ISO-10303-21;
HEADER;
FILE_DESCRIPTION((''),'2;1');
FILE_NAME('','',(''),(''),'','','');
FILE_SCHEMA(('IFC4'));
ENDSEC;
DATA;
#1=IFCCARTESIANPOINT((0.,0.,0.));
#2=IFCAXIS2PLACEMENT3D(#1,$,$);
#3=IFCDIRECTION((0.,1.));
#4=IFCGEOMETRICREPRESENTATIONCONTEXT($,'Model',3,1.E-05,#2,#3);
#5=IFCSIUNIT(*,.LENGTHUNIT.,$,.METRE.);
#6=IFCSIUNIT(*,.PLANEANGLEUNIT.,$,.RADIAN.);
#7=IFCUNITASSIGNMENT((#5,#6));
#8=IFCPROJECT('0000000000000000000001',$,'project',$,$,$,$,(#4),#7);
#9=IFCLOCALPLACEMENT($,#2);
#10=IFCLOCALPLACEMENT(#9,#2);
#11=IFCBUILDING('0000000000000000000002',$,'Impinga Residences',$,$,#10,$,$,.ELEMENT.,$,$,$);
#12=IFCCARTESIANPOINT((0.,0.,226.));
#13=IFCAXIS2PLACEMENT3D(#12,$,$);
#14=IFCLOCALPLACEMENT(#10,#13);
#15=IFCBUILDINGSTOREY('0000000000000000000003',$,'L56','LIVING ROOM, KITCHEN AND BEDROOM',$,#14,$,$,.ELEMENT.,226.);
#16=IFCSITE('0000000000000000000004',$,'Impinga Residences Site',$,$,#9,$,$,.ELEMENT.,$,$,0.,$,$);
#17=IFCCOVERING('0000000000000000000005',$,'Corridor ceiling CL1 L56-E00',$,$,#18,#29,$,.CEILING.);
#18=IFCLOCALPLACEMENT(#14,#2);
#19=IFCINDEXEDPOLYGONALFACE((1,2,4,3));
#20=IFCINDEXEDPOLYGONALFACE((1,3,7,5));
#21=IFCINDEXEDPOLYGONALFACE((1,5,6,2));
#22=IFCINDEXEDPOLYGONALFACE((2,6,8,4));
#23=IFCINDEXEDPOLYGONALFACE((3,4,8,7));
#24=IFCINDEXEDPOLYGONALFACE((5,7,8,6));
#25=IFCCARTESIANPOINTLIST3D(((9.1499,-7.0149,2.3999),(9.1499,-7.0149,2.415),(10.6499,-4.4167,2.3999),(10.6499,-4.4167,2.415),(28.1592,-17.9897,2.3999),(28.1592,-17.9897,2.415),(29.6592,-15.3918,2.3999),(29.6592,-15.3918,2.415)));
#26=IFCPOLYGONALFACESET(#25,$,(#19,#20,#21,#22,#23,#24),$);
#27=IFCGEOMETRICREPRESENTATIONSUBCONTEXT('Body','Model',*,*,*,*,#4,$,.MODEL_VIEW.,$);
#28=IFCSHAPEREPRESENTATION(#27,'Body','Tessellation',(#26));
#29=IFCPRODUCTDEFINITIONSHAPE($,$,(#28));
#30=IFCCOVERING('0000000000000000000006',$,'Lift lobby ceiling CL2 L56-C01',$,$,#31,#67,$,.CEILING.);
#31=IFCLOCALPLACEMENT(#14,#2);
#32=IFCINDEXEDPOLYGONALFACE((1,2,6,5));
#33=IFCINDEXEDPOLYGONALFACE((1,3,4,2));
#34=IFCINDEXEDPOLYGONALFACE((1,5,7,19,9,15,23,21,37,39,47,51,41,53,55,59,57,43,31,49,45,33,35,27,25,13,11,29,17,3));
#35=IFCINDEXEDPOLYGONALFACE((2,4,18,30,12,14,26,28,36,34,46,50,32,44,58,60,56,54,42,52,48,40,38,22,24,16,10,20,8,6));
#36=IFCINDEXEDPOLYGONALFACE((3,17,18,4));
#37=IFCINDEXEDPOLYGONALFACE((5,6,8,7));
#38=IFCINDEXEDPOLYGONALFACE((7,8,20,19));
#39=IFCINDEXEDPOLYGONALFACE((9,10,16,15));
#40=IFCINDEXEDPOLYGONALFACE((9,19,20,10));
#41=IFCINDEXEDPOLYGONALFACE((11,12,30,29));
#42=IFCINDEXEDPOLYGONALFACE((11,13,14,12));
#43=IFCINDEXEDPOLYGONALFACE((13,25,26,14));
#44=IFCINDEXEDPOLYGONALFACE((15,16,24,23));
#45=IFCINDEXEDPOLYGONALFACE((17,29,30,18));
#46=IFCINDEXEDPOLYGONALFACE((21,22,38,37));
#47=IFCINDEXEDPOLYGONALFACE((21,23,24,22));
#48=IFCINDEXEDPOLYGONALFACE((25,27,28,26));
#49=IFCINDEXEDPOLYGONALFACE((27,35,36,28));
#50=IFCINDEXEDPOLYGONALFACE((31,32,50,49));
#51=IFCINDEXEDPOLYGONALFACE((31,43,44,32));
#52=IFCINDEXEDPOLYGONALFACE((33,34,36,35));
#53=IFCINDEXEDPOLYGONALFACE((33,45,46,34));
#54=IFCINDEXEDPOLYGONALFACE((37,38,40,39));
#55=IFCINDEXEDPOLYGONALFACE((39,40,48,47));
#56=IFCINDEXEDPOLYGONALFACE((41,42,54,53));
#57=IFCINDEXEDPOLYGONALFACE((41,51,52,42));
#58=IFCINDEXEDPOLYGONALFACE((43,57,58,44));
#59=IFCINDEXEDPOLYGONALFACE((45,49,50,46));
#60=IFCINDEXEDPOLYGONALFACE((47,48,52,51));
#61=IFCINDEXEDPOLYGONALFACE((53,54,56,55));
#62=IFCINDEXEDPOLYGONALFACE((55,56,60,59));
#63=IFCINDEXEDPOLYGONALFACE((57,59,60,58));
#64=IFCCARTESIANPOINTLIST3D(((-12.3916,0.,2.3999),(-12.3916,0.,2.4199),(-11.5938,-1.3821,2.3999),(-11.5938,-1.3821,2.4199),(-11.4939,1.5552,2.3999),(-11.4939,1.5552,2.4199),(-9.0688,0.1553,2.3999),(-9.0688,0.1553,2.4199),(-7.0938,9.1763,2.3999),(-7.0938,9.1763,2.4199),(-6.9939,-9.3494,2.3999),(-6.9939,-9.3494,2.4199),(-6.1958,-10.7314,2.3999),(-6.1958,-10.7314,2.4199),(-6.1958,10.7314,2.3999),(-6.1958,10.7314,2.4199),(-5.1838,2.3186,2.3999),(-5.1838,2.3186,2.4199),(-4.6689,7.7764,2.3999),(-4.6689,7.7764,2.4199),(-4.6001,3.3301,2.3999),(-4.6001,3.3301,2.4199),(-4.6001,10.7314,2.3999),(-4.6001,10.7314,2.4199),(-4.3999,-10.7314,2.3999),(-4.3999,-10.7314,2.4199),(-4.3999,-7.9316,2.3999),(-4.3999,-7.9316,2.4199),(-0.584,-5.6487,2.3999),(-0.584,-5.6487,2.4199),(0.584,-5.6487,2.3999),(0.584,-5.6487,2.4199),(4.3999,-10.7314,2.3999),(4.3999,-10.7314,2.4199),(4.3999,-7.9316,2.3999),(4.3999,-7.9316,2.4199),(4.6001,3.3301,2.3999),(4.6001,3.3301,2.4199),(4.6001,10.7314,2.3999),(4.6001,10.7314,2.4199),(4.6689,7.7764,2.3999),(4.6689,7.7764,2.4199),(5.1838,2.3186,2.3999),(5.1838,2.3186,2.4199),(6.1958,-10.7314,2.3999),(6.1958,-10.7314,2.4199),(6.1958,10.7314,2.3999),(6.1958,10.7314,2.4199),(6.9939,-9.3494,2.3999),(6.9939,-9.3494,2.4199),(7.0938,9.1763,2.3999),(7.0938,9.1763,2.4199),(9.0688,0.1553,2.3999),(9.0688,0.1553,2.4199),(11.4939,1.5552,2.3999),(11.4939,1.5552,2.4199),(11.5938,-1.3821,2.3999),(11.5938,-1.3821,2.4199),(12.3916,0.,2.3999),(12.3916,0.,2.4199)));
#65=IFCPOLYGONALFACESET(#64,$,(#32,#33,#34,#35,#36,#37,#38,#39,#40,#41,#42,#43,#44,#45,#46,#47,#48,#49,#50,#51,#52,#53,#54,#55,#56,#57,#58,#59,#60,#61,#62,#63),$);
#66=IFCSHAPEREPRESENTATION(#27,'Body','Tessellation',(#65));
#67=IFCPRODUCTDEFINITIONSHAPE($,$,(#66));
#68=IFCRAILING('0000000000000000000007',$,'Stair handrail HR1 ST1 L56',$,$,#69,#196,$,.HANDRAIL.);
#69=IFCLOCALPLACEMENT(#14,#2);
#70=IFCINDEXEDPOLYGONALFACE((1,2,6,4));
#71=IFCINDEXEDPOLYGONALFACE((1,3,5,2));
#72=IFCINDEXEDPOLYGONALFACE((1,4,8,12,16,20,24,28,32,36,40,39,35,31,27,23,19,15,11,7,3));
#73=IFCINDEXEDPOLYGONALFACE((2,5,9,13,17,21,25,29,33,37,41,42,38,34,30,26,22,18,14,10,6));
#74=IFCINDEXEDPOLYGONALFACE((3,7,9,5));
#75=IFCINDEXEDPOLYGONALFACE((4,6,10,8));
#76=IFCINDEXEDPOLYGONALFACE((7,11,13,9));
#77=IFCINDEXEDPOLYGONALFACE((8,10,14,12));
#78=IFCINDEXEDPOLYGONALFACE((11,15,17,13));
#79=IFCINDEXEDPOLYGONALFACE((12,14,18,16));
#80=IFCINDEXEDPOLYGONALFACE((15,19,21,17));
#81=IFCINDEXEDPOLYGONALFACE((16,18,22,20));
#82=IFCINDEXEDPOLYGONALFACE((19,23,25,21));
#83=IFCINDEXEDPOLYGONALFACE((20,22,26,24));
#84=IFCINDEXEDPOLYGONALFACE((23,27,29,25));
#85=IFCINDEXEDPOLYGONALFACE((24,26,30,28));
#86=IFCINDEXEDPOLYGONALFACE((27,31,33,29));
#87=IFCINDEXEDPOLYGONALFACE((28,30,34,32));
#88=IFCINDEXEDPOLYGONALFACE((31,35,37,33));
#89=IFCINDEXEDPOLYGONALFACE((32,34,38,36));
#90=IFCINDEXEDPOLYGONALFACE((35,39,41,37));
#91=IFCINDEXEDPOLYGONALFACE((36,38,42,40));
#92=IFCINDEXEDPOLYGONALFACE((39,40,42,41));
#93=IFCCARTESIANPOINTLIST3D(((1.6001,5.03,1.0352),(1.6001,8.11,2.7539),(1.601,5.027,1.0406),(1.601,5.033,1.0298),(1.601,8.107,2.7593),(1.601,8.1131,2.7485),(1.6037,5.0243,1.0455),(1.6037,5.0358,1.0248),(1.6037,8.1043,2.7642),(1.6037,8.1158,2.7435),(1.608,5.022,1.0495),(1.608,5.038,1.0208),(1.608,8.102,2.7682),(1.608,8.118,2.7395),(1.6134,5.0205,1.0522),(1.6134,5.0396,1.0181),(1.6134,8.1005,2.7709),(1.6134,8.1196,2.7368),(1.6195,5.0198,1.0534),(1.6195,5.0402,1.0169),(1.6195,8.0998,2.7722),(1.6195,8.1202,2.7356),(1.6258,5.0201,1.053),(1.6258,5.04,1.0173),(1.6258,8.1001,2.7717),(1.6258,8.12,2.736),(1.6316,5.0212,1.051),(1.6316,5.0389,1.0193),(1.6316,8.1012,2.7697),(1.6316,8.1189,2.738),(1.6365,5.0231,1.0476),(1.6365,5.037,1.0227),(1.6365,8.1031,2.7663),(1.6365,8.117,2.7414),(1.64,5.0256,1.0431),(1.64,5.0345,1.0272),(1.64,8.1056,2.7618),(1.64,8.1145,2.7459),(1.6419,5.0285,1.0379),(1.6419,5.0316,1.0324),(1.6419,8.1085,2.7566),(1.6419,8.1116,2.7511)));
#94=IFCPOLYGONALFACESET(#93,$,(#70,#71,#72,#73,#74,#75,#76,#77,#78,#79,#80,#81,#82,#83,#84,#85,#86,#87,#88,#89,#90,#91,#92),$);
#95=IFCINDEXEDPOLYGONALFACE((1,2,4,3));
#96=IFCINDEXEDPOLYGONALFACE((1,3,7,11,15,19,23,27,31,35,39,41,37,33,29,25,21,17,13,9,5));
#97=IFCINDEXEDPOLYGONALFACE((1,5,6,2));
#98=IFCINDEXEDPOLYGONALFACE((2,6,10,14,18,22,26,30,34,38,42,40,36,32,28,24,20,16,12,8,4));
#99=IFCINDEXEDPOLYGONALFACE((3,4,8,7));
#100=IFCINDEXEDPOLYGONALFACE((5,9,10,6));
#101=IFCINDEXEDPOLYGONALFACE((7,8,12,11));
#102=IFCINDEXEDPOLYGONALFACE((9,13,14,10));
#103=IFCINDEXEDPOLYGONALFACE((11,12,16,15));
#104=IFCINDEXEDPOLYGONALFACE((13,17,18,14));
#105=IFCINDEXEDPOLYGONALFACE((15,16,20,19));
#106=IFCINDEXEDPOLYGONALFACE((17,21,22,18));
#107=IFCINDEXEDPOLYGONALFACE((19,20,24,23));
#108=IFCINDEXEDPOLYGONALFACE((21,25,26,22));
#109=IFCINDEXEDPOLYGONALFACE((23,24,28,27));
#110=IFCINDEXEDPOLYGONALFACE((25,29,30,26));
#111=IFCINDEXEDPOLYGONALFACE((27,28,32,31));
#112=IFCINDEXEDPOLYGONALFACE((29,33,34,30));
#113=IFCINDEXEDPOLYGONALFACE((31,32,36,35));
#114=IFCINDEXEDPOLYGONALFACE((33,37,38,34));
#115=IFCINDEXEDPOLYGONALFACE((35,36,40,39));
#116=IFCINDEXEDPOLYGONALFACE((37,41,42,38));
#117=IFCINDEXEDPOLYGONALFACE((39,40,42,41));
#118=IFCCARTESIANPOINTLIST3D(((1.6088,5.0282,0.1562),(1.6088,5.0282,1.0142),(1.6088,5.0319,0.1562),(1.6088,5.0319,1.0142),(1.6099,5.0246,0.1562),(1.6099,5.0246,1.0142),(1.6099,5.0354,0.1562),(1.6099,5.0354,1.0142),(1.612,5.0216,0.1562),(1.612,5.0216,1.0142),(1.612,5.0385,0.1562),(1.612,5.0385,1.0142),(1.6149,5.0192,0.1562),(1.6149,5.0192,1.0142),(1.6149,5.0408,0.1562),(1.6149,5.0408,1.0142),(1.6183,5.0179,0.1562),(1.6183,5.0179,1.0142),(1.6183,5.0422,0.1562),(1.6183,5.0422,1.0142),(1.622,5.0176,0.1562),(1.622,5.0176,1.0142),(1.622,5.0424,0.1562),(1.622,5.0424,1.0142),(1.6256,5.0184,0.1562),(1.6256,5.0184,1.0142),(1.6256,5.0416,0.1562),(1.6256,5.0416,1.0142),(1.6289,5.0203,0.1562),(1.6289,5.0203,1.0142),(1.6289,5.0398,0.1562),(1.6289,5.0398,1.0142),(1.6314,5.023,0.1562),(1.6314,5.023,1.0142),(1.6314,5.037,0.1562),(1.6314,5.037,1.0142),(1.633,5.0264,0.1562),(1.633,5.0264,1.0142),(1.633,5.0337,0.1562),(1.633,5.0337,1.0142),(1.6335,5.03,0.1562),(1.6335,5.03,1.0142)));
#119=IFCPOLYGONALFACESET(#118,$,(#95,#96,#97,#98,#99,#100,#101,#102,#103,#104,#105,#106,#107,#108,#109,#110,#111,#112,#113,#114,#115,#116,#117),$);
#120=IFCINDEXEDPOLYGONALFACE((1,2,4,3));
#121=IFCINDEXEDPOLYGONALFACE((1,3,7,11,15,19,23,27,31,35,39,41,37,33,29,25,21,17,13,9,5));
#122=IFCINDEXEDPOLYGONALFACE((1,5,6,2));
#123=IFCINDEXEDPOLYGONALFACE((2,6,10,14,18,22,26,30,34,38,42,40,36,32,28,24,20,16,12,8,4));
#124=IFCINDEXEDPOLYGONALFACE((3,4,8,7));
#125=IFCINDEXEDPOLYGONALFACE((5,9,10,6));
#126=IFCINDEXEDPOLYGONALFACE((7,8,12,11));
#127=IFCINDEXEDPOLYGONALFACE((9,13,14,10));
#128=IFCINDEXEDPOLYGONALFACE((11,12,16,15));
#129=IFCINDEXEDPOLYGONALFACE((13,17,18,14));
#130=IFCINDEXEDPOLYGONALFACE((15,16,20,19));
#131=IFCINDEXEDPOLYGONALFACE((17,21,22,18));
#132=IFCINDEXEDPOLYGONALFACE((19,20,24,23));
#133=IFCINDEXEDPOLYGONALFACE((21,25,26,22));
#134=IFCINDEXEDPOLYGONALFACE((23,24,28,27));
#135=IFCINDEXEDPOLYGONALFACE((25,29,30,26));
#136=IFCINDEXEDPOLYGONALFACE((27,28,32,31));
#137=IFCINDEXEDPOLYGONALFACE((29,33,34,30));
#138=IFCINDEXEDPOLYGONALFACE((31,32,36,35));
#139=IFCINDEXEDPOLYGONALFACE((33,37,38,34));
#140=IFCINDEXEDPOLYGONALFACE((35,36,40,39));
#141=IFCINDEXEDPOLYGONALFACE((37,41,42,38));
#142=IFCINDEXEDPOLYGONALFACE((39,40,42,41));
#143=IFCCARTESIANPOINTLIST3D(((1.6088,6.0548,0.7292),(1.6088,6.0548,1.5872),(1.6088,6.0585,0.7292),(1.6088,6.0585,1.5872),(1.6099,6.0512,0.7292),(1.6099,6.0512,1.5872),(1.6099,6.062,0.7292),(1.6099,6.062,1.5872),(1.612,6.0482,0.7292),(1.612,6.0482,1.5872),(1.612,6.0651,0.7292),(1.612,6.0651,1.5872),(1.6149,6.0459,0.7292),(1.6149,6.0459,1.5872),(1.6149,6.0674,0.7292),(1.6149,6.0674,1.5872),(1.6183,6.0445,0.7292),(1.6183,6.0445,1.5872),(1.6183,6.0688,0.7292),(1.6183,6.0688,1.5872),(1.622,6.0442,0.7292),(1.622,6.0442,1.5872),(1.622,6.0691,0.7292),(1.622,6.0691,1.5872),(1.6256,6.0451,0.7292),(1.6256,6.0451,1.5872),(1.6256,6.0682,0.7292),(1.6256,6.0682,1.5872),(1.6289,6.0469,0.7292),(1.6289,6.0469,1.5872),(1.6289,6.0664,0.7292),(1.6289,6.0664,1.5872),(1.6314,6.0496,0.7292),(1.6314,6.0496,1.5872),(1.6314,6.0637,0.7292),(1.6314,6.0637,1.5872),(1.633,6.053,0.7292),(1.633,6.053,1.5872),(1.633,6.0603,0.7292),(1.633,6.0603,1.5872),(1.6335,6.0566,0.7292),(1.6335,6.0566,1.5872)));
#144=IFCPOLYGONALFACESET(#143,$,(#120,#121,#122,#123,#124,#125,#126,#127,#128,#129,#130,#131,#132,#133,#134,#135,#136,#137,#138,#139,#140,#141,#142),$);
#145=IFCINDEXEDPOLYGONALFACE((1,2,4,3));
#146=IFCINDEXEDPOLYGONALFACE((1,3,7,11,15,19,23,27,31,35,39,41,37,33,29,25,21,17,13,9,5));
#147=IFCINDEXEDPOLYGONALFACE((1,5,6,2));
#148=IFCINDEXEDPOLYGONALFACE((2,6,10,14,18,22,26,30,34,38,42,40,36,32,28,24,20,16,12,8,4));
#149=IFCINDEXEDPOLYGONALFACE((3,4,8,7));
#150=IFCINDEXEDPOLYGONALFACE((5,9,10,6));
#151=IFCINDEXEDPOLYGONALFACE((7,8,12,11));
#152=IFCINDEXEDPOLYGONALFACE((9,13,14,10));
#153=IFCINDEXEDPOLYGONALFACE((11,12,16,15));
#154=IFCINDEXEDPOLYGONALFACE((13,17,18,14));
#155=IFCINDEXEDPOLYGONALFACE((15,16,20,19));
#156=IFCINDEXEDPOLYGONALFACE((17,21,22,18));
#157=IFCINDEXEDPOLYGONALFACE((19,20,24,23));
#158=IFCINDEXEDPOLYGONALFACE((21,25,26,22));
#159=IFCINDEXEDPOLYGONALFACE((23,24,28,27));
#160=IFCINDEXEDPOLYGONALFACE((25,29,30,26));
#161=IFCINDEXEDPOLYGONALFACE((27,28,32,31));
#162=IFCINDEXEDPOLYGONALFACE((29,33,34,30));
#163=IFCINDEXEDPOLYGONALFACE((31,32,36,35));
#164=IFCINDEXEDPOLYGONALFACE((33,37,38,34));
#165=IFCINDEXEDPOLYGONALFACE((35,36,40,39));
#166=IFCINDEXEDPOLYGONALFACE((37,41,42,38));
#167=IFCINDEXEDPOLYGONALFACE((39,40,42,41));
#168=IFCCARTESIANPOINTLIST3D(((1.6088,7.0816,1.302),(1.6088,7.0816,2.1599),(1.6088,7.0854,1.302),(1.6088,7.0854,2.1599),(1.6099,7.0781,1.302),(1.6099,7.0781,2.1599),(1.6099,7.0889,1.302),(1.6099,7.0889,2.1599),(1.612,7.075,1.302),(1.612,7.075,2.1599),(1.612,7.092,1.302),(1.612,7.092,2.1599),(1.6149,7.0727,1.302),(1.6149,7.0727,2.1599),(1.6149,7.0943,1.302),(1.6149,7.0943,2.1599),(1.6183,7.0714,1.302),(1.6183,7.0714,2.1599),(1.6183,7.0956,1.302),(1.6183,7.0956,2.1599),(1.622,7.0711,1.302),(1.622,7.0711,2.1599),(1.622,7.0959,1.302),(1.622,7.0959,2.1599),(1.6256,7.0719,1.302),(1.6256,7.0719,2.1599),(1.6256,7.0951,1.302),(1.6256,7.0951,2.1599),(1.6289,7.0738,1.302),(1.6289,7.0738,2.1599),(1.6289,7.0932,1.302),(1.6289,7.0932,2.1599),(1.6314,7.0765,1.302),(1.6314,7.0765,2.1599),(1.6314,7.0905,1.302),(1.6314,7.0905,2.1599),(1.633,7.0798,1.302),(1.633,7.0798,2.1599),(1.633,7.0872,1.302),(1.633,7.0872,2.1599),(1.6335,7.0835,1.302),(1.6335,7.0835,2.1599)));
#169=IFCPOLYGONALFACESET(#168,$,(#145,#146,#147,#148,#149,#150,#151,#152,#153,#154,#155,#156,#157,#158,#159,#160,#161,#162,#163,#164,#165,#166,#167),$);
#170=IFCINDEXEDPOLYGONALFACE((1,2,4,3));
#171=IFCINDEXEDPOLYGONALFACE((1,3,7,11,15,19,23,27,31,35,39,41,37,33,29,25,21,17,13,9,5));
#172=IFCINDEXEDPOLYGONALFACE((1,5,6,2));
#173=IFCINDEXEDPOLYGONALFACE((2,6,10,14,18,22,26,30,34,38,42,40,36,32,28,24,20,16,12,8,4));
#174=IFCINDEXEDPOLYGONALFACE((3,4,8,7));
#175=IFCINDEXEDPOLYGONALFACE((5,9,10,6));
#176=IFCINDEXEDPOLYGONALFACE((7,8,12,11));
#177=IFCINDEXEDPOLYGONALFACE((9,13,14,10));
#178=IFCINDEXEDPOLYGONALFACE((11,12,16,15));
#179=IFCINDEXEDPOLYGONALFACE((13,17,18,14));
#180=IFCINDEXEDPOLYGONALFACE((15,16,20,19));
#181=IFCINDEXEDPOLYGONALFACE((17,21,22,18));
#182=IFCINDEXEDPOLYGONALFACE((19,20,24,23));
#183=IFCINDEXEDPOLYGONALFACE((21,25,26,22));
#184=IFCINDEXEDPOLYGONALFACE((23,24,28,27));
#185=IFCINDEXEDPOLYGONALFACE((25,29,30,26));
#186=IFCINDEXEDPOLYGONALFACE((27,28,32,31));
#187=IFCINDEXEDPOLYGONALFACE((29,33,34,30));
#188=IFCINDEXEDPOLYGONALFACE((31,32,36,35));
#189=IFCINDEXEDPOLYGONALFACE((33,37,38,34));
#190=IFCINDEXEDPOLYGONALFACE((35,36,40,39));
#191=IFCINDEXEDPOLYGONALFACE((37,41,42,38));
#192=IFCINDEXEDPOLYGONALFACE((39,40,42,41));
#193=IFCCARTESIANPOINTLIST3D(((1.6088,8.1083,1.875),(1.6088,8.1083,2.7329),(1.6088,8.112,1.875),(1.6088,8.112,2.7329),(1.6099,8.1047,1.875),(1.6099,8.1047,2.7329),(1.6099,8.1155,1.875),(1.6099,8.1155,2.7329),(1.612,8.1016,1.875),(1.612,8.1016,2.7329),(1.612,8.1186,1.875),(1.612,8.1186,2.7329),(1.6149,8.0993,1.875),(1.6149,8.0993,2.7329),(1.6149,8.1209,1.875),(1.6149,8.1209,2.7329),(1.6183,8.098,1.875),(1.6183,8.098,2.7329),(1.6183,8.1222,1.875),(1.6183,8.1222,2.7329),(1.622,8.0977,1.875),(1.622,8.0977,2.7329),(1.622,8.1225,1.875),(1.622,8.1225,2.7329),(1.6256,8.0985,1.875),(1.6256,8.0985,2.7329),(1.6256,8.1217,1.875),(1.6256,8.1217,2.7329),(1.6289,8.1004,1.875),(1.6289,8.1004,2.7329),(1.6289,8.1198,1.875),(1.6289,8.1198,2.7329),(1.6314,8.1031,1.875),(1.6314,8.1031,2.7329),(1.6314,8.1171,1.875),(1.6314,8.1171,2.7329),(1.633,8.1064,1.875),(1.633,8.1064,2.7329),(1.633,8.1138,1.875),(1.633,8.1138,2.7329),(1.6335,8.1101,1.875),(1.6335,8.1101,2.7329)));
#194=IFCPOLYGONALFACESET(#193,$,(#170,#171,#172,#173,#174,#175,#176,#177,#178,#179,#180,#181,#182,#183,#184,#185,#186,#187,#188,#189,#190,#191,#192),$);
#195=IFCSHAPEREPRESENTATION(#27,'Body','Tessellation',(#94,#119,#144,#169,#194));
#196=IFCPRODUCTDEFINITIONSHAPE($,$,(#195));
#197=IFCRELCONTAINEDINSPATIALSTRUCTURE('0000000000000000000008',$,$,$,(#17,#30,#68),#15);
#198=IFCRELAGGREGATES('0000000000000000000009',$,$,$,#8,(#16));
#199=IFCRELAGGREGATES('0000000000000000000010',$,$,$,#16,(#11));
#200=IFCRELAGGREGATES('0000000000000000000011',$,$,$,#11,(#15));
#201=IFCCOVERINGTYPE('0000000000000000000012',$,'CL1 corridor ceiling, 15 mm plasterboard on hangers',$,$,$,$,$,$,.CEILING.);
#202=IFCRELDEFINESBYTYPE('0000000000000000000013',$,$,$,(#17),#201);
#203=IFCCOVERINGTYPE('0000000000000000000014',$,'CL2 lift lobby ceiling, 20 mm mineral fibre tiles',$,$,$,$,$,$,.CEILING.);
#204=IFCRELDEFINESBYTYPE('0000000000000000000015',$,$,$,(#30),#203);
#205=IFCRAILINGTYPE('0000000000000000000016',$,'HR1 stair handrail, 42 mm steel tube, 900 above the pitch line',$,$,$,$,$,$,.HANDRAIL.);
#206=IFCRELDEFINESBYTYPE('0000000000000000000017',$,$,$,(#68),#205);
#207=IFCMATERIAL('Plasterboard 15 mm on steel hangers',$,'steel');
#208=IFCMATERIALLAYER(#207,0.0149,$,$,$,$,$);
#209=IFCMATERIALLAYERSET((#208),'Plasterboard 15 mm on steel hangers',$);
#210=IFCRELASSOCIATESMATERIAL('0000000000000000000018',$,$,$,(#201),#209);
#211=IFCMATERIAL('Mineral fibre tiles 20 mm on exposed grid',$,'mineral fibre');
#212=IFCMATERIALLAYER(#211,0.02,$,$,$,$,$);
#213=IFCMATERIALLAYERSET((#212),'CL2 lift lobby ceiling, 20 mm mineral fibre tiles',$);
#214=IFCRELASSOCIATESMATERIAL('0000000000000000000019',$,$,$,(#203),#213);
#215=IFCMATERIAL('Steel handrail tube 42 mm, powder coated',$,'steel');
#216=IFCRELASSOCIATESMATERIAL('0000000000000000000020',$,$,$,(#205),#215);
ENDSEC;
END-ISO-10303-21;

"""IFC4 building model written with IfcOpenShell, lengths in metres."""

from ifc_helpers import new_model, si_unit, direction, frame, origin, origin_2d, place, context, subcontext, project, spatial, polyline, circle, outline, extrude, material, layer, layer_set, type_object, element, save


model = new_model("IFC4")

# Units and contexts
model_context = context("Model", 3, precision=1e-05, world=origin(), true_north=direction((0.0, 1.0)))
body_context = subcontext(model_context, "Body", "Model", "MODEL_VIEW")
ifc_project = project(units=[si_unit("LENGTHUNIT", "METRE"), si_unit("PLANEANGLEUNIT", "RADIAN")], contexts=[model_context])

# Site, building, storey
site_placement = place(None, origin())
site = spatial("IfcSite", under=ifc_project, at=site_placement, Name="Impinga Residences Site", CompositionType="ELEMENT", RefElevation=0.0)
building_placement = place(site_placement, origin())
building = spatial("IfcBuilding", under=site, at=building_placement, Name="Impinga Residences", CompositionType="ELEMENT")
storey_placement = place(building_placement, frame((0.0, 0.0, 226.0)))
storey = spatial("IfcBuildingStorey", under=building, at=storey_placement, Name="L56", Description="LIVING ROOM, KITCHEN AND BEDROOM", CompositionType="ELEMENT", Elevation=226.0)

# Coverings
ifc_material_1 = material(Name="Plasterboard 15 mm on steel hangers", Category="steel")
ifc_layer_1 = layer(ifc_material_1, 0.0149)
ifc_layer_set_1 = layer_set([ifc_layer_1], Name="Plasterboard 15 mm on steel hangers")
covering_type_1 = type_object("IfcCoveringType", Name="CL1 corridor ceiling, 15 mm plasterboard on hangers", PredefinedType="CEILING", material=ifc_layer_set_1)
covering_1_placement = place(storey_placement, frame((0.0, 0.0, 2.3999)))
element("IfcCovering", 1, at=covering_1_placement, inside=storey, type_object=covering_type_1, Name="Corridor ceiling CL1 L56-E00", PredefinedType="CEILING", context=body_context, shape_type="SweptSolid", body=[
    extrude(outline(polyline([(10.6499, -4.4167), (9.1499, -7.0149), (28.1592, -17.9897), (29.6592, -15.3918), (10.6499, -4.4167)])), origin(), (0.0, 0.0, 1.0), 0.0151),
])
ifc_material_2 = material(Name="Mineral fibre tiles 20 mm on exposed grid", Category="mineral fibre")
ifc_layer_2 = layer(ifc_material_2, 0.02)
ifc_layer_set_2 = layer_set([ifc_layer_2], Name="CL2 lift lobby ceiling, 20 mm mineral fibre tiles")
covering_type_2 = type_object("IfcCoveringType", Name="CL2 lift lobby ceiling, 20 mm mineral fibre tiles", PredefinedType="CEILING", material=ifc_layer_set_2)
covering_2_placement = place(storey_placement, frame((0.0, 0.0, 2.3999)))
element("IfcCovering", 2, at=covering_2_placement, inside=storey, type_object=covering_type_2, Name="Lift lobby ceiling CL2 L56-C01", PredefinedType="CEILING", context=body_context, shape_type="SweptSolid", body=[
    extrude(outline(polyline([(12.3916, 0.0), (11.5938, -1.3821), (5.1838, 2.3186), (0.584, -5.6487), (6.9939, -9.3494), (6.1958, -10.7314), (4.3999, -10.7314), (4.3999, -7.9316), (-4.3999, -7.9316), (-4.3999, -10.7314), (-6.1958, -10.7314), (-6.9939, -9.3494), (-0.584, -5.6487), (-5.1838, 2.3186), (-11.5938, -1.3821), (-12.3916, 0.0), (-11.4939, 1.5552), (-9.0688, 0.1553), (-4.6689, 7.7764), (-7.0938, 9.1763), (-6.1958, 10.7314), (-4.6001, 10.7314), (-4.6001, 3.3301), (4.6001, 3.3301), (4.6001, 10.7314), (6.1958, 10.7314), (7.0938, 9.1763), (4.6689, 7.7764), (9.0688, 0.1553), (11.4939, 1.5552), (12.3916, 0.0)])), origin(), (0.0, 0.0, 1.0), 0.02),
])

# Railing
ifc_material_3 = material(Name="Steel handrail tube 42 mm, powder coated", Category="steel")
railing_type = type_object("IfcRailingType", Name="HR1 stair handrail, 42 mm steel tube, 900 above the pitch line", PredefinedType="HANDRAIL", material=ifc_material_3)
railing_1_placement = place(storey_placement, frame((1.6211, 5.03, 0.1562)))
element("IfcRailing", 3, at=railing_1_placement, inside=storey, type_object=railing_type, Name="Stair handrail HR1 ST1 L56", PredefinedType="HANDRAIL", context=body_context, shape_type="SweptSolid", body=[
    extrude(circle(Radius=0.021, at=origin_2d()), frame((0.0, 0.0, 0.8789), z_axis=(0.0, 0.873242, 0.487288), x_axis=(-1.0, 0.0, 0.0)), (0.0, 0.0, 1.0), 3.5271),
    extrude(circle(Radius=0.0125, at=origin_2d()), origin(), (0.0, 0.0, 1.0), 0.8579),
    extrude(circle(Radius=0.0125, at=origin_2d()), frame((0.0, 1.0266, 0.573)), (0.0, 0.0, 1.0), 0.8579),
    extrude(circle(Radius=0.0125, at=origin_2d()), frame((0.0, 2.0535, 1.1458)), (0.0, 0.0, 1.0), 0.8579),
    extrude(circle(Radius=0.0125, at=origin_2d()), frame((0.0, 3.0801, 1.7188)), (0.0, 0.0, 1.0), 0.8579),
])

save(model, "model.ifc")
